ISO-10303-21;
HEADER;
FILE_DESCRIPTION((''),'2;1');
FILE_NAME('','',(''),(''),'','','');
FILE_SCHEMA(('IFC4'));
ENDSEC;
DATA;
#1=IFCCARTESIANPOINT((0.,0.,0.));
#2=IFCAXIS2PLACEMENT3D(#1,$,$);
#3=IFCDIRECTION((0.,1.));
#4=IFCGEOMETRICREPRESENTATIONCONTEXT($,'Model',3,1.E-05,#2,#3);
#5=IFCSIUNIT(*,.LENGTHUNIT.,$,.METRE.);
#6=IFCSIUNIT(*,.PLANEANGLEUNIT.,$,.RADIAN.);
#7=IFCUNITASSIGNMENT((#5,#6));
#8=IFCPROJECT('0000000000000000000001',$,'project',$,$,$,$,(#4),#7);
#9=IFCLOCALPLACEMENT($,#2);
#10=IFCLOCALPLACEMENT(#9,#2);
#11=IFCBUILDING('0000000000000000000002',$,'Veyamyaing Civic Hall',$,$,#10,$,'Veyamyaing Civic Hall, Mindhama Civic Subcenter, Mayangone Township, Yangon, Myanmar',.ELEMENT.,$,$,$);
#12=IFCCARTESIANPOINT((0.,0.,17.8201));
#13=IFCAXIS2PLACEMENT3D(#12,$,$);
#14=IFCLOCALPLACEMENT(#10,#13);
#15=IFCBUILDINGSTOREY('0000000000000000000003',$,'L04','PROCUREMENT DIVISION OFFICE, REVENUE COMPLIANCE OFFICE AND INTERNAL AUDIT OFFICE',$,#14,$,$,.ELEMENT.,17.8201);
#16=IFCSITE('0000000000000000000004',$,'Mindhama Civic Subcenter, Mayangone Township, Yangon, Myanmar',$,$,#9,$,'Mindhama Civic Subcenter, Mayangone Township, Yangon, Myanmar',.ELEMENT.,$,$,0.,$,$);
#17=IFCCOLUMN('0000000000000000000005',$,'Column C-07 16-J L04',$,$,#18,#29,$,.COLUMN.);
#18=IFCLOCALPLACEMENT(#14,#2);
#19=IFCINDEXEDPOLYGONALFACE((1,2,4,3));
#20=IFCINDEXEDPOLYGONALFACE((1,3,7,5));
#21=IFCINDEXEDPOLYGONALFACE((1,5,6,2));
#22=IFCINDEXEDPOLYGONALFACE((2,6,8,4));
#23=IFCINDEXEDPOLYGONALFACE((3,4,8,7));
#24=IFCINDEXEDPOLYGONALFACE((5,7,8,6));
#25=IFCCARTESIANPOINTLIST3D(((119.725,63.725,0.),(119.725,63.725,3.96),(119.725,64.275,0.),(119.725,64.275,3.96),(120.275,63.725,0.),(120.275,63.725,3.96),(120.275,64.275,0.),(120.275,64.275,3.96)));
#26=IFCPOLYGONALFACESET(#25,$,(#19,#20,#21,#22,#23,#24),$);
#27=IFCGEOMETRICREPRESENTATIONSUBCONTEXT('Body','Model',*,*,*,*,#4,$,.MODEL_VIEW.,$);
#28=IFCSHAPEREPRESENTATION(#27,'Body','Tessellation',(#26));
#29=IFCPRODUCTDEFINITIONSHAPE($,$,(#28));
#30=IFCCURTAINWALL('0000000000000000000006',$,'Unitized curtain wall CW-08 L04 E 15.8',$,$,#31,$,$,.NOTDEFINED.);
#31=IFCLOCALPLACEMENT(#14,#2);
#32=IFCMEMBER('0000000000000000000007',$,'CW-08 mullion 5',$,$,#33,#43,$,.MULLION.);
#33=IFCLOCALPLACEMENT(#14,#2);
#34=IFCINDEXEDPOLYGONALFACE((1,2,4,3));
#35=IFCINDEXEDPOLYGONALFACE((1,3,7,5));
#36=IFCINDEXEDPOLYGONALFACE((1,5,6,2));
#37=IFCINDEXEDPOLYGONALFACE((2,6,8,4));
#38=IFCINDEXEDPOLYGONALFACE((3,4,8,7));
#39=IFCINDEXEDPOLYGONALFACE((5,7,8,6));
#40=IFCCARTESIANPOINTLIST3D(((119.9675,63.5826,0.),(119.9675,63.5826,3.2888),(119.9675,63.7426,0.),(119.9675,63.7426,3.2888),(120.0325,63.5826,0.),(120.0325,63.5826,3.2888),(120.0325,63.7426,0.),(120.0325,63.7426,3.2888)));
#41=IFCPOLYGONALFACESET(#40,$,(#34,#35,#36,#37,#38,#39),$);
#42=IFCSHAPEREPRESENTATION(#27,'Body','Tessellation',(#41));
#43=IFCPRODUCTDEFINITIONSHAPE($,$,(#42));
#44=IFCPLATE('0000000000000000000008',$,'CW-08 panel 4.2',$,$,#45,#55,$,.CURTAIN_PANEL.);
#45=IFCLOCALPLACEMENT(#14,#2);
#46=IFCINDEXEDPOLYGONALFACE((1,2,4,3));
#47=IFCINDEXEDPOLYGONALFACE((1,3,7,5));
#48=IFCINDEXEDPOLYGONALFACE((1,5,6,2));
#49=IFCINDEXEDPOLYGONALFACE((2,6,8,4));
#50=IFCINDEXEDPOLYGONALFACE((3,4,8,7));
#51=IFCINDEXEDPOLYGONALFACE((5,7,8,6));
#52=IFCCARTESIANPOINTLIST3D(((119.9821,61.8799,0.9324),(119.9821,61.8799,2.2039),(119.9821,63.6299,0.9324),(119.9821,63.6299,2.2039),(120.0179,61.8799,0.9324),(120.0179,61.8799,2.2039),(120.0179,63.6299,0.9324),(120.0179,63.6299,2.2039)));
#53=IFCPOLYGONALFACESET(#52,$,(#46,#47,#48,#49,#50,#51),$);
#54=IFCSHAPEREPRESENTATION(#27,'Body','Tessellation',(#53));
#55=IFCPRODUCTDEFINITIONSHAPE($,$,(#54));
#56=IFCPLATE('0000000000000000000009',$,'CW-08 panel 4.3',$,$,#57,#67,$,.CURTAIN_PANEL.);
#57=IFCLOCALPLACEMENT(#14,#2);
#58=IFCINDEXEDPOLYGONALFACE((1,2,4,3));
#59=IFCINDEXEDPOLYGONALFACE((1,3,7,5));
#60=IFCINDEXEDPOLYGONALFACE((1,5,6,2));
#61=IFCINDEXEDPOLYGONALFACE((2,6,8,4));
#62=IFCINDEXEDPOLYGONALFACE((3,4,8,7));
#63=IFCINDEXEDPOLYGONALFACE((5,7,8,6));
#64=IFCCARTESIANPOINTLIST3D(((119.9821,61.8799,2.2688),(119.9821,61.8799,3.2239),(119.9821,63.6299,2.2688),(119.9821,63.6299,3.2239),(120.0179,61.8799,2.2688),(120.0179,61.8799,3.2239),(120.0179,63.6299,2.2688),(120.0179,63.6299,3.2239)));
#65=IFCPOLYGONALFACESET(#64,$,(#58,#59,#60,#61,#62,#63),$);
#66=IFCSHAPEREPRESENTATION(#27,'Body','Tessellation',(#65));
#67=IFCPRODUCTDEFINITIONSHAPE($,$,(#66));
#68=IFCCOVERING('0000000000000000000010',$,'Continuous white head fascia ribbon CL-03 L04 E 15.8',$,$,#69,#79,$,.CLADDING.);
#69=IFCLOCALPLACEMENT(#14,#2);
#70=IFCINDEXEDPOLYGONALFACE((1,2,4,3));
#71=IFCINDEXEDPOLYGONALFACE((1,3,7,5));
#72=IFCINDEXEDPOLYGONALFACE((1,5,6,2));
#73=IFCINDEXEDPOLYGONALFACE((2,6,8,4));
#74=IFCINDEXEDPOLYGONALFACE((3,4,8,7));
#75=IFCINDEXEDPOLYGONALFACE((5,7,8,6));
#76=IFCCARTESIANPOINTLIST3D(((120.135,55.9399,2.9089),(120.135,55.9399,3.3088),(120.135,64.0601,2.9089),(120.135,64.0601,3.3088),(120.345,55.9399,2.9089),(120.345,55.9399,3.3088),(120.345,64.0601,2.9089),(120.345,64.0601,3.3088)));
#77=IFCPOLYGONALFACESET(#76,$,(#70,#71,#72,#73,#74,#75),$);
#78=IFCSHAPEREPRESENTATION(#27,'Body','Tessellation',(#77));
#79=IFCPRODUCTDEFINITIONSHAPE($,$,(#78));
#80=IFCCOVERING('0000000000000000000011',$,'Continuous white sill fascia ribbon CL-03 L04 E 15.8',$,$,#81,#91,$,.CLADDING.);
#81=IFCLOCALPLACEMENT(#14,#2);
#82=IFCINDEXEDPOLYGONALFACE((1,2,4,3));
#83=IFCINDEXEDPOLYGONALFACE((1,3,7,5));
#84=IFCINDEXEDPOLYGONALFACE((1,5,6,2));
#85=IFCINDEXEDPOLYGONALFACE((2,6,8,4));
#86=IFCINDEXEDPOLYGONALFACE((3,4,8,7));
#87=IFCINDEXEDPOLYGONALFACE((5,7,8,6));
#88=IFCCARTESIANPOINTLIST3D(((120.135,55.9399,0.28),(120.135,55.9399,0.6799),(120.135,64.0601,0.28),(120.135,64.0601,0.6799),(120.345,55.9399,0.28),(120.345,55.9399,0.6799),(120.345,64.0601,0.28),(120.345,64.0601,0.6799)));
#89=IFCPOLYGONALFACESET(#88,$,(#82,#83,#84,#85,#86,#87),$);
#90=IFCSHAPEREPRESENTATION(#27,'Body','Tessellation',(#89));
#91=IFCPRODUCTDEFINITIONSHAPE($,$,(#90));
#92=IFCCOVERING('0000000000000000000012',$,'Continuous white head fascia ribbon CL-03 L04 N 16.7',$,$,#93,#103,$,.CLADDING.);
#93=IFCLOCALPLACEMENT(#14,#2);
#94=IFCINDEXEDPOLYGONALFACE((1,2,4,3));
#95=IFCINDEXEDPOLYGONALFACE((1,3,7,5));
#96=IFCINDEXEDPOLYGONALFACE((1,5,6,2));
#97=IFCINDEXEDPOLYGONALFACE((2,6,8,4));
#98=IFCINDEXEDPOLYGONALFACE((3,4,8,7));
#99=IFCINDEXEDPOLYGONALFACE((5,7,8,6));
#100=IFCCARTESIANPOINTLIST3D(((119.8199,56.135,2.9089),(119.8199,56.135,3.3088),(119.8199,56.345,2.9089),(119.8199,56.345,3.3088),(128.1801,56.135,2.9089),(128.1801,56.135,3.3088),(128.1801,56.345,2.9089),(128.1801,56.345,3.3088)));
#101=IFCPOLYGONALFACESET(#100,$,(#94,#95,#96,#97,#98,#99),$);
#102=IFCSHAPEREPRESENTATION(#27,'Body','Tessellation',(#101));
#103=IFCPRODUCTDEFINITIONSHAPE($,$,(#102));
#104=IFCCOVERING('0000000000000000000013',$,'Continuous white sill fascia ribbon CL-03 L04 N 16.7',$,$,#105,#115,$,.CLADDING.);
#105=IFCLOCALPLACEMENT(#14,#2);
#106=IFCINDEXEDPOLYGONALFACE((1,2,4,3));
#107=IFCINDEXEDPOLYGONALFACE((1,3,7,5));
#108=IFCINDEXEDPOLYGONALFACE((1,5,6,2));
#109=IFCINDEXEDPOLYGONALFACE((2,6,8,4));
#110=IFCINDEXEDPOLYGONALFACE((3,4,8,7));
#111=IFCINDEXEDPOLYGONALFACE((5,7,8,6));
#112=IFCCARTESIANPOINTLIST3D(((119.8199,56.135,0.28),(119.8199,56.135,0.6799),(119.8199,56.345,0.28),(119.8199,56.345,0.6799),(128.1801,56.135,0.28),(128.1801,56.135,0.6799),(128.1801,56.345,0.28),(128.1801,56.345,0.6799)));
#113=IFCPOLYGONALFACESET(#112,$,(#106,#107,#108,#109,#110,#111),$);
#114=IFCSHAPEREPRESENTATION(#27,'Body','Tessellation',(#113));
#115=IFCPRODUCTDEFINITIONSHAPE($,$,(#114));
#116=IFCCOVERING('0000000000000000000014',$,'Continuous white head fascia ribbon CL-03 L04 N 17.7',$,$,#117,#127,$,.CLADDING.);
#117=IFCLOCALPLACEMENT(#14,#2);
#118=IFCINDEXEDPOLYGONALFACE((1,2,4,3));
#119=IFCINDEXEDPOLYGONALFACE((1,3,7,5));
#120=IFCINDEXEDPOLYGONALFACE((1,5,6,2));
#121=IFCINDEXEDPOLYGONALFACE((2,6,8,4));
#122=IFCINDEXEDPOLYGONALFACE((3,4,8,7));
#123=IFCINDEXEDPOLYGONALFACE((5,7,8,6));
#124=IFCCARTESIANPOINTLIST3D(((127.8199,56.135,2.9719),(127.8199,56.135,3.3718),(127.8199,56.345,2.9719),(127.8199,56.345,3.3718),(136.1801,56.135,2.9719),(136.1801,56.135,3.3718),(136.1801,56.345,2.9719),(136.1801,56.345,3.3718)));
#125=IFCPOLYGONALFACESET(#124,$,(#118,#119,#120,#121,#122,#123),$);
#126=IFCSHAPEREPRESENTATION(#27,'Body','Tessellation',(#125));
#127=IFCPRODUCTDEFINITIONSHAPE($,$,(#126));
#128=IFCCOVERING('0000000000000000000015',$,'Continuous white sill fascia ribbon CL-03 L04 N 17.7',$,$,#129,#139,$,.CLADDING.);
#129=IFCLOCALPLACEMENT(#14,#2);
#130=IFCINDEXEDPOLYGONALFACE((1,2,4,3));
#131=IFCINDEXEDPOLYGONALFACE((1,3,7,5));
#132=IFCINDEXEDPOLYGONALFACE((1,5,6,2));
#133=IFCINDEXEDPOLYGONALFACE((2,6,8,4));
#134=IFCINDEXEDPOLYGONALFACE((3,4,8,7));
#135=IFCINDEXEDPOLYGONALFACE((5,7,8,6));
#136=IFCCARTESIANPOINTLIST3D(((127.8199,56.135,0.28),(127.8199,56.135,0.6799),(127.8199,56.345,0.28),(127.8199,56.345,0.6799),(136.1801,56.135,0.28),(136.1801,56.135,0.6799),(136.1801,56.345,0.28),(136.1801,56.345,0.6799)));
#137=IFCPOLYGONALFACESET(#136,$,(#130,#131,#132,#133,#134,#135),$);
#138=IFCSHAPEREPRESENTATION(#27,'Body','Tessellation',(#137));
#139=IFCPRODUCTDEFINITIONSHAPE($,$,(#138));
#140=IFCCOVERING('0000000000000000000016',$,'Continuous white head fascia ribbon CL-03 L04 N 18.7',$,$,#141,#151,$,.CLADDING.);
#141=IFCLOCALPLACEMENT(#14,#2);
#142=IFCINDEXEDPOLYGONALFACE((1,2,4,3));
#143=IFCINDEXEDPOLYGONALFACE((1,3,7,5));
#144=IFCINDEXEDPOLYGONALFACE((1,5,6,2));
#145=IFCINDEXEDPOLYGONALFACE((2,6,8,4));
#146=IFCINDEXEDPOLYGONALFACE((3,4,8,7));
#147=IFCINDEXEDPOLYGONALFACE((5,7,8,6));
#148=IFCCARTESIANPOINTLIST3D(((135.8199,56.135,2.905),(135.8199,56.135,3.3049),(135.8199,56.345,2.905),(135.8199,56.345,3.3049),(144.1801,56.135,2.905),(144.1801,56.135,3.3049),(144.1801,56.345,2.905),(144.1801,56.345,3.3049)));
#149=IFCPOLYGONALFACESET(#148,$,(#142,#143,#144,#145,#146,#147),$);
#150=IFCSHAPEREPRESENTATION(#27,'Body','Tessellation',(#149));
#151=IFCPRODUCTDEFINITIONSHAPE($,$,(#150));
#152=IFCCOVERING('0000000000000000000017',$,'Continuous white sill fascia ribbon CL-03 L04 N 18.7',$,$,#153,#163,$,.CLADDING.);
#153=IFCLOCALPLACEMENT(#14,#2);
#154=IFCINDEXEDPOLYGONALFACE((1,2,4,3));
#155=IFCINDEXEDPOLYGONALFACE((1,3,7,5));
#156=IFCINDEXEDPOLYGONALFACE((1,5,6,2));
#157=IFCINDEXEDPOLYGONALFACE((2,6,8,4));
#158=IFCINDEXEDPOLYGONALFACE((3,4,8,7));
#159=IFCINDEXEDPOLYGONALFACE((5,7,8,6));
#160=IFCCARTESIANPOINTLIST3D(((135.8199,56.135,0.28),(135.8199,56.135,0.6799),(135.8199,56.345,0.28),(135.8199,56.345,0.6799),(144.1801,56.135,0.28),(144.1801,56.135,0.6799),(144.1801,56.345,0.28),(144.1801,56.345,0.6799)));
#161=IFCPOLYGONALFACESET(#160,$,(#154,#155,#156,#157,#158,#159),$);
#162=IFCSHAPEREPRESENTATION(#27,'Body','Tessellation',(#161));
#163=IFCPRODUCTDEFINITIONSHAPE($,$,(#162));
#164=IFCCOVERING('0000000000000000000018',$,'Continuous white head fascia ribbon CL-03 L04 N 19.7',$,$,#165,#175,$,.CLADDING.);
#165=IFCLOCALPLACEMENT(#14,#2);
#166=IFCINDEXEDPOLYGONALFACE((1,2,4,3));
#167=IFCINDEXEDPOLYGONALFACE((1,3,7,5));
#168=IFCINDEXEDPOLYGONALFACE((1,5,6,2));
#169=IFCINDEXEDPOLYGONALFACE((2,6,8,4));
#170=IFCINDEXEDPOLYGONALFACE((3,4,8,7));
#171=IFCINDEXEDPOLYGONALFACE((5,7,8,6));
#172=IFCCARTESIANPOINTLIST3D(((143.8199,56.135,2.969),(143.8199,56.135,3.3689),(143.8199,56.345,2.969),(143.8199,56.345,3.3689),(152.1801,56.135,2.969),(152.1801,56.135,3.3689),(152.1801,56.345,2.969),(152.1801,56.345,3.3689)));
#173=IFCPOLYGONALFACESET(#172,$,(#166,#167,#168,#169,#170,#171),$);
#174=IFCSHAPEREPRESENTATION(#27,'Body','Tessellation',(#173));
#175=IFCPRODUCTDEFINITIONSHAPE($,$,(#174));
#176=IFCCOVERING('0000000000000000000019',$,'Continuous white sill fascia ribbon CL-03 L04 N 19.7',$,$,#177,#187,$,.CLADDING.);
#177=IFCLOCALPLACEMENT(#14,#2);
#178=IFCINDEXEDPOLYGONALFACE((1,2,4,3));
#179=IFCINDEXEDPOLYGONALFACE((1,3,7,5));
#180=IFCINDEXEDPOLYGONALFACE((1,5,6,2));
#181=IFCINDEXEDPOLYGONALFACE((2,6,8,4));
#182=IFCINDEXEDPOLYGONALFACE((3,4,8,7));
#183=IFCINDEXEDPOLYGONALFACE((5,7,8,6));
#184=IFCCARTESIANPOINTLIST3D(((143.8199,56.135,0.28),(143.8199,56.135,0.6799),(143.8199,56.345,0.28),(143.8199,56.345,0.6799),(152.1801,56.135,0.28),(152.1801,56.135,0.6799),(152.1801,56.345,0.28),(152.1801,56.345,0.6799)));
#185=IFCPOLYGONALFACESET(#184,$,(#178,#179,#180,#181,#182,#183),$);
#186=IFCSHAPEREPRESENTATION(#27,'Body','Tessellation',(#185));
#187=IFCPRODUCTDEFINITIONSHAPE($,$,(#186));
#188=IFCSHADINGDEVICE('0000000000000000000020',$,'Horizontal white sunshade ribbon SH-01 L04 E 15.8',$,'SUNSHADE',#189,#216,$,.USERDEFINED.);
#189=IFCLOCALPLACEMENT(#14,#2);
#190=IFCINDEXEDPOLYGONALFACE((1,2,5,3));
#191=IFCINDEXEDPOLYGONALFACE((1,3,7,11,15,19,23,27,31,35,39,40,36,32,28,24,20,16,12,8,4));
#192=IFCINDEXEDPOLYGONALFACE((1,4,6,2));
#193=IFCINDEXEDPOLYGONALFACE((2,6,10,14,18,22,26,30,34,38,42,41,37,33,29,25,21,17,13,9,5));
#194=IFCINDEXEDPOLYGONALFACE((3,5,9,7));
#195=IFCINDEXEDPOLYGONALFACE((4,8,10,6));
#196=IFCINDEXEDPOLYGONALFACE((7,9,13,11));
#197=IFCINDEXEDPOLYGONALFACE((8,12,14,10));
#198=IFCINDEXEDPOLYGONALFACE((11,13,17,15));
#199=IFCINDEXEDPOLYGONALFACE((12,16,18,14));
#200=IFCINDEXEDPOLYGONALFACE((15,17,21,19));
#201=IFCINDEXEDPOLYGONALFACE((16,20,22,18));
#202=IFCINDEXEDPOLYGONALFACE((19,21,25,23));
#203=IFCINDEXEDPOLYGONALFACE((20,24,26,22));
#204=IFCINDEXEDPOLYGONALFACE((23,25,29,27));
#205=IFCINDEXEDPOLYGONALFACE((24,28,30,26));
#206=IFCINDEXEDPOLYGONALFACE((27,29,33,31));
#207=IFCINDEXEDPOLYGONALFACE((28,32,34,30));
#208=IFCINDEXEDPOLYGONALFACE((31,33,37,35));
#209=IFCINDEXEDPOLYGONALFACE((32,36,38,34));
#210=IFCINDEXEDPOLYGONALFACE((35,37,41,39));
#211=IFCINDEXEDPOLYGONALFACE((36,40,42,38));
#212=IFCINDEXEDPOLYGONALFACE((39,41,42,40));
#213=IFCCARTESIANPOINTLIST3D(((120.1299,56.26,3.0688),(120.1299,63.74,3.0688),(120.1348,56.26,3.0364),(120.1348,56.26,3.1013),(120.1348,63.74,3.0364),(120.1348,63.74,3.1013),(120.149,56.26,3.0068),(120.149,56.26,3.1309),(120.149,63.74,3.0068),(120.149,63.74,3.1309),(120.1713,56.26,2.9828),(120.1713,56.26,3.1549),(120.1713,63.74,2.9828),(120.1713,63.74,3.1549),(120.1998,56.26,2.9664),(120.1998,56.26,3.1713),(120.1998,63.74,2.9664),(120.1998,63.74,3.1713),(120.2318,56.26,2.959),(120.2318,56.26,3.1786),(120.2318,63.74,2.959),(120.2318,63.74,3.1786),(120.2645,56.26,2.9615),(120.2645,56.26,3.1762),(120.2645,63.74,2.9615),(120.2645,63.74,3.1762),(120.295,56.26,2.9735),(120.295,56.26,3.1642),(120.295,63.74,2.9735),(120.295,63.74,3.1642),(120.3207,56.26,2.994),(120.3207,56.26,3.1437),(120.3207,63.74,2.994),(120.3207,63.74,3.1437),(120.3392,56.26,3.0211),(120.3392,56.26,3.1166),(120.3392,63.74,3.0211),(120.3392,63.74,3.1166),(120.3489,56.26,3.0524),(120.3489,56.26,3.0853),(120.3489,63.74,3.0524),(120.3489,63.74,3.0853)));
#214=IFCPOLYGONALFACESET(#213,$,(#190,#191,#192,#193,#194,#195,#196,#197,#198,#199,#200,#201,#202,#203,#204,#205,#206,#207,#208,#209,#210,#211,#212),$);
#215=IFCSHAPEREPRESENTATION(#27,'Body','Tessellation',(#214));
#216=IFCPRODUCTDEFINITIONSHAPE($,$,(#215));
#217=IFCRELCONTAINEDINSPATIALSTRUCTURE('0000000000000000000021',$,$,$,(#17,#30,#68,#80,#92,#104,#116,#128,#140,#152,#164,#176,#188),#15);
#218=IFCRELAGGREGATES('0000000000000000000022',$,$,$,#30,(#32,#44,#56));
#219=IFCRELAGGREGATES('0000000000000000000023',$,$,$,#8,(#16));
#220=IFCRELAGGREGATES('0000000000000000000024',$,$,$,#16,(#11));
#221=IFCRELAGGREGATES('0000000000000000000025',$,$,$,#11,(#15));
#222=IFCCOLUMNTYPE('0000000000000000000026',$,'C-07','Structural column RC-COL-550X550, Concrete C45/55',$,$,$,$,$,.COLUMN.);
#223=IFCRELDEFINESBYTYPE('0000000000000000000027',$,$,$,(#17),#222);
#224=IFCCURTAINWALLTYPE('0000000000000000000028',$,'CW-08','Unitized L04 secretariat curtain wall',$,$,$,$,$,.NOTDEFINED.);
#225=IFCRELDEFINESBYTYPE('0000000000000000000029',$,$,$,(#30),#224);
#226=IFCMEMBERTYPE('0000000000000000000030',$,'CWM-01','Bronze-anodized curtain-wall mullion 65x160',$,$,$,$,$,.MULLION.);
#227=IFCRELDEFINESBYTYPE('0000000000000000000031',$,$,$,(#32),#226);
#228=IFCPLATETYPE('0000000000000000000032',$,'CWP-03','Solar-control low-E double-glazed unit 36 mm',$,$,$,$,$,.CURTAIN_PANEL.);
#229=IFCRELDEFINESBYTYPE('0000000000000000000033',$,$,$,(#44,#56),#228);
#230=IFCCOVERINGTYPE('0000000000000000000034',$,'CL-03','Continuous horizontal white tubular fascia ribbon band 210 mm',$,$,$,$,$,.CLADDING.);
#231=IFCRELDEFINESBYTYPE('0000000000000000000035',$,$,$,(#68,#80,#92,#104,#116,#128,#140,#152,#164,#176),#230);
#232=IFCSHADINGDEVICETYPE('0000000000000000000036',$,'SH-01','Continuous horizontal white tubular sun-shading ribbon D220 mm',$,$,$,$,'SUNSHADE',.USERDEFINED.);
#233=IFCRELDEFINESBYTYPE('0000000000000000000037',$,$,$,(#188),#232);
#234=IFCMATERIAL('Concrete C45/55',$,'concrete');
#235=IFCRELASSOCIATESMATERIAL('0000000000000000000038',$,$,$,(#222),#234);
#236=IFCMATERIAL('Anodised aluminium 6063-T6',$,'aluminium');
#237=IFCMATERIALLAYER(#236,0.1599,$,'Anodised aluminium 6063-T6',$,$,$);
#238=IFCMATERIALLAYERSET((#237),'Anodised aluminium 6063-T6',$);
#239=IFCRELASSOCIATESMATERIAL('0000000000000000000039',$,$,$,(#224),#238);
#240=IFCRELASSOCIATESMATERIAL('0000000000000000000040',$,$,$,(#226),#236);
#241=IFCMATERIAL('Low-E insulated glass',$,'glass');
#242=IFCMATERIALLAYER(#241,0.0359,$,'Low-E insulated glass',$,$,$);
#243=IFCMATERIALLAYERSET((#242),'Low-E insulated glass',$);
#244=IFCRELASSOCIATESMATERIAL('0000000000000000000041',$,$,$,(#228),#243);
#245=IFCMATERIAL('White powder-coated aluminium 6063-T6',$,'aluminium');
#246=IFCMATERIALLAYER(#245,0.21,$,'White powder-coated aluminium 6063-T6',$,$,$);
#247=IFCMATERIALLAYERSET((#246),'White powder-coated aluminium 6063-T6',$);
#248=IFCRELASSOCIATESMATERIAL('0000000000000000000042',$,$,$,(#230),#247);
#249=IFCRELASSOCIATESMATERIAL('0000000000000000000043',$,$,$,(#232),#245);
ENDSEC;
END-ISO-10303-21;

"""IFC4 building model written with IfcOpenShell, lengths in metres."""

from ifc_helpers import new_model, si_unit, direction, frame, origin, origin_2d, place, context, subcontext, project, spatial, rectangle, circle, extrude, material, layer, layer_set, material_profile, profile_set, type_object, element, aggregate, save


model = new_model("IFC4")

# Units and contexts
model_context = context("Model", 3, precision=1e-05, world=origin(), true_north=direction((0.0, 1.0)))
body_context = subcontext(model_context, "Body", "Model", "MODEL_VIEW")
ifc_project = project(units=[si_unit("LENGTHUNIT", "METRE"), si_unit("PLANEANGLEUNIT", "RADIAN")], contexts=[model_context])

# Site, building, storey
site_placement = place(None, origin())
site = spatial("IfcSite", under=ifc_project, at=site_placement, Name="Mindhama Civic Subcenter, Mayangone Township, Yangon, Myanmar", LongName="Mindhama Civic Subcenter, Mayangone Township, Yangon, Myanmar", CompositionType="ELEMENT", RefElevation=0.0)
building_placement = place(site_placement, origin())
building = spatial("IfcBuilding", under=site, at=building_placement, Name="Veyamyaing Civic Hall", LongName="Veyamyaing Civic Hall, Mindhama Civic Subcenter, Mayangone Township, Yangon, Myanmar", CompositionType="ELEMENT")
storey_placement = place(building_placement, frame((0.0, 0.0, 17.8201)))
storey = spatial("IfcBuildingStorey", under=building, at=storey_placement, Name="L04", Description="PROCUREMENT DIVISION OFFICE, REVENUE COMPLIANCE OFFICE AND INTERNAL AUDIT OFFICE", CompositionType="ELEMENT", Elevation=17.8201)

# Column
ifc_material_1 = material(Name="Concrete C45/55", Category="concrete")
ifc_material_profile_1 = material_profile(ifc_material_1, rectangle(XDim=0.55, YDim=0.55, at=origin_2d()), Name="RC-COL-550X550")
ifc_profile_set_1 = profile_set([ifc_material_profile_1], Name="Concrete C45/55")
column_type = type_object("IfcColumnType", Name="C-07", Description="Structural column RC-COL-550X550, Concrete C45/55", PredefinedType="COLUMN", material=ifc_profile_set_1)
column_placement = place(storey_placement, frame((120.0, 64.0, 0.0), z_axis=(0.0, 0.0, 1.0), x_axis=(1.0, 0.0, 0.0)))
element("IfcColumn", 1, at=column_placement, inside=storey, type_object=column_type, Name="Column C-07 16-J L04", PredefinedType="COLUMN", context=body_context, shape_type="SweptSolid", body=[
    extrude(rectangle(XDim=0.55, YDim=0.55, at=origin_2d()), origin(), (0.0, 0.0, 1.0), 3.96),
])

# Curtain wall, member, plates
ifc_material_2 = material(Name="Anodised aluminium 6063-T6", Category="aluminium")
ifc_layer_1 = layer(ifc_material_2, 0.1599, Name="Anodised aluminium 6063-T6")
ifc_layer_set_1 = layer_set([ifc_layer_1], Name="Anodised aluminium 6063-T6")
curtain_wall_type = type_object("IfcCurtainWallType", Name="CW-08", Description="Unitized L04 secretariat curtain wall", PredefinedType="NOTDEFINED", material=ifc_layer_set_1)
curtain_wall_placement = place(storey_placement, origin())
curtain_wall = element("IfcCurtainWall", 2, at=curtain_wall_placement, inside=storey, type_object=curtain_wall_type, Name="Unitized curtain wall CW-08 L04 E 15.8", PredefinedType="NOTDEFINED")
ifc_material_profile_2 = material_profile(ifc_material_2, rectangle(XDim=0.0649, YDim=0.1599, at=origin_2d()), Name="ALU-MUL-65X160")
ifc_profile_set_2 = profile_set([ifc_material_profile_2], Name="Anodised aluminium 6063-T6")
member_type = type_object("IfcMemberType", Name="CWM-01", Description="Bronze-anodized curtain-wall mullion 65x160", PredefinedType="MULLION", material=ifc_profile_set_2)
member_placement = place(storey_placement, frame((120.0, 63.6626, 0.0), z_axis=(0.0, 0.0, 1.0), x_axis=(-1.0, 0.0, 0.0)))
member = element("IfcMember", 3, at=member_placement, type_object=member_type, Name="CW-08 mullion 5", PredefinedType="MULLION", context=body_context, shape_type="SweptSolid", body=[
    extrude(rectangle(XDim=0.0649, YDim=0.1599, at=origin_2d()), origin(), (0.0, 0.0, 1.0), 3.2888),
])
ifc_material_3 = material(Name="Low-E insulated glass", Category="glass")
ifc_layer_2 = layer(ifc_material_3, 0.0359, Name="Low-E insulated glass")
ifc_layer_set_2 = layer_set([ifc_layer_2], Name="Low-E insulated glass")
plate_type = type_object("IfcPlateType", Name="CWP-03", Description="Solar-control low-E double-glazed unit 36 mm", PredefinedType="CURTAIN_PANEL", material=ifc_layer_set_2)
plate_1_placement = place(storey_placement, frame((120.0, 62.7549, 0.9324), z_axis=(0.0, 0.0, 1.0), x_axis=(0.0, 1.0, 0.0)))
plate_1 = element("IfcPlate", 4, at=plate_1_placement, type_object=plate_type, Name="CW-08 panel 4.2", PredefinedType="CURTAIN_PANEL", context=body_context, shape_type="SweptSolid", body=[
    extrude(rectangle(XDim=1.75, YDim=0.0359, at=origin_2d()), origin(), (0.0, 0.0, 1.0), 1.2715),
])
plate_2_placement = place(storey_placement, frame((120.0, 62.7549, 2.2688), z_axis=(0.0, 0.0, 1.0), x_axis=(0.0, 1.0, 0.0)))
plate_2 = element("IfcPlate", 5, at=plate_2_placement, type_object=plate_type, Name="CW-08 panel 4.3", PredefinedType="CURTAIN_PANEL", context=body_context, shape_type="SweptSolid", body=[
    extrude(rectangle(XDim=1.75, YDim=0.0359, at=origin_2d()), origin(), (0.0, 0.0, 1.0), 0.9551),
])
aggregate(curtain_wall, [member, plate_1, plate_2])

# Coverings
ifc_material_4 = material(Name="White powder-coated aluminium 6063-T6", Category="aluminium")
ifc_layer_3 = layer(ifc_material_4, 0.21, Name="White powder-coated aluminium 6063-T6")
ifc_layer_set_3 = layer_set([ifc_layer_3], Name="White powder-coated aluminium 6063-T6")
covering_type = type_object("IfcCoveringType", Name="CL-03", Description="Continuous horizontal white tubular fascia ribbon band 210 mm", PredefinedType="CLADDING", material=ifc_layer_set_3)
for number, where, z_axis, x_axis, name in (
    (6, (120.24, 60.0, 2.9089), (0.0, 0.0, 1.0), (0.0, 1.0, 0.0), "Continuous white head fascia ribbon CL-03 L04 E 15.8"),
    (7, (120.24, 60.0, 0.28), (0.0, 0.0, 1.0), (0.0, 1.0, 0.0), "Continuous white sill fascia ribbon CL-03 L04 E 15.8"),
):
    element("IfcCovering", number, at=place(storey_placement, frame(where, z_axis=z_axis, x_axis=x_axis)), inside=storey, type_object=covering_type, Name=name, PredefinedType="CLADDING", context=body_context, shape_type="SweptSolid", body=[
        extrude(rectangle(XDim=8.1201, YDim=0.21, at=origin_2d()), origin(), (0.0, 0.0, 1.0), 0.3999),
    ])
for number, where, z_axis, x_axis, name in (
    (8, (124.0, 56.24, 2.9089), (0.0, 0.0, 1.0), (1.0, 0.0, 0.0), "Continuous white head fascia ribbon CL-03 L04 N 16.7"),
    (9, (124.0, 56.24, 0.28), (0.0, 0.0, 1.0), (1.0, 0.0, 0.0), "Continuous white sill fascia ribbon CL-03 L04 N 16.7"),
    (10, (132.0, 56.24, 2.9719), (0.0, 0.0, 1.0), (1.0, 0.0, 0.0), "Continuous white head fascia ribbon CL-03 L04 N 17.7"),
    (11, (132.0, 56.24, 0.28), (0.0, 0.0, 1.0), (1.0, 0.0, 0.0), "Continuous white sill fascia ribbon CL-03 L04 N 17.7"),
    (12, (140.0, 56.24, 2.905), (0.0, 0.0, 1.0), (1.0, 0.0, 0.0), "Continuous white head fascia ribbon CL-03 L04 N 18.7"),
    (13, (140.0, 56.24, 0.28), (0.0, 0.0, 1.0), (1.0, 0.0, 0.0), "Continuous white sill fascia ribbon CL-03 L04 N 18.7"),
    (14, (148.0, 56.24, 2.969), (0.0, 0.0, 1.0), (1.0, 0.0, 0.0), "Continuous white head fascia ribbon CL-03 L04 N 19.7"),
    (15, (148.0, 56.24, 0.28), (0.0, 0.0, 1.0), (1.0, 0.0, 0.0), "Continuous white sill fascia ribbon CL-03 L04 N 19.7"),
):
    element("IfcCovering", number, at=place(storey_placement, frame(where, z_axis=z_axis, x_axis=x_axis)), inside=storey, type_object=covering_type, Name=name, PredefinedType="CLADDING", context=body_context, shape_type="SweptSolid", body=[
        extrude(rectangle(XDim=8.3601, YDim=0.21, at=origin_2d()), origin(), (0.0, 0.0, 1.0), 0.3999),
    ])

# Shading device
ifc_material_profile_3 = material_profile(ifc_material_4, circle(Radius=0.1101, at=origin_2d()), Name="SHADE-TUBE-220")
ifc_profile_set_3 = profile_set([ifc_material_profile_3], Name="White powder-coated aluminium 6063-T6")
shading_device_type_1 = type_object("IfcShadingDeviceType", Name="SH-01", Description="Continuous horizontal white tubular sun-shading ribbon D220 mm", ElementType="SUNSHADE", PredefinedType="USERDEFINED", material=ifc_profile_set_3)
shading_device_placement = place(storey_placement, frame((120.24, 56.26, 3.0688), z_axis=(0.0, 1.0, 0.0), x_axis=(-1.0, 0.0, 0.0)))
element("IfcShadingDevice", 16, at=shading_device_placement, inside=storey, type_object=shading_device_type_1, Name="Horizontal white sunshade ribbon SH-01 L04 E 15.8", ObjectType="SUNSHADE", PredefinedType="USERDEFINED", context=body_context, shape_type="SweptSolid", body=[
    extrude(circle(Radius=0.1101, at=origin_2d()), origin(), (0.0, 0.0, 1.0), 7.48),
])

save(model, "model.ifc")
